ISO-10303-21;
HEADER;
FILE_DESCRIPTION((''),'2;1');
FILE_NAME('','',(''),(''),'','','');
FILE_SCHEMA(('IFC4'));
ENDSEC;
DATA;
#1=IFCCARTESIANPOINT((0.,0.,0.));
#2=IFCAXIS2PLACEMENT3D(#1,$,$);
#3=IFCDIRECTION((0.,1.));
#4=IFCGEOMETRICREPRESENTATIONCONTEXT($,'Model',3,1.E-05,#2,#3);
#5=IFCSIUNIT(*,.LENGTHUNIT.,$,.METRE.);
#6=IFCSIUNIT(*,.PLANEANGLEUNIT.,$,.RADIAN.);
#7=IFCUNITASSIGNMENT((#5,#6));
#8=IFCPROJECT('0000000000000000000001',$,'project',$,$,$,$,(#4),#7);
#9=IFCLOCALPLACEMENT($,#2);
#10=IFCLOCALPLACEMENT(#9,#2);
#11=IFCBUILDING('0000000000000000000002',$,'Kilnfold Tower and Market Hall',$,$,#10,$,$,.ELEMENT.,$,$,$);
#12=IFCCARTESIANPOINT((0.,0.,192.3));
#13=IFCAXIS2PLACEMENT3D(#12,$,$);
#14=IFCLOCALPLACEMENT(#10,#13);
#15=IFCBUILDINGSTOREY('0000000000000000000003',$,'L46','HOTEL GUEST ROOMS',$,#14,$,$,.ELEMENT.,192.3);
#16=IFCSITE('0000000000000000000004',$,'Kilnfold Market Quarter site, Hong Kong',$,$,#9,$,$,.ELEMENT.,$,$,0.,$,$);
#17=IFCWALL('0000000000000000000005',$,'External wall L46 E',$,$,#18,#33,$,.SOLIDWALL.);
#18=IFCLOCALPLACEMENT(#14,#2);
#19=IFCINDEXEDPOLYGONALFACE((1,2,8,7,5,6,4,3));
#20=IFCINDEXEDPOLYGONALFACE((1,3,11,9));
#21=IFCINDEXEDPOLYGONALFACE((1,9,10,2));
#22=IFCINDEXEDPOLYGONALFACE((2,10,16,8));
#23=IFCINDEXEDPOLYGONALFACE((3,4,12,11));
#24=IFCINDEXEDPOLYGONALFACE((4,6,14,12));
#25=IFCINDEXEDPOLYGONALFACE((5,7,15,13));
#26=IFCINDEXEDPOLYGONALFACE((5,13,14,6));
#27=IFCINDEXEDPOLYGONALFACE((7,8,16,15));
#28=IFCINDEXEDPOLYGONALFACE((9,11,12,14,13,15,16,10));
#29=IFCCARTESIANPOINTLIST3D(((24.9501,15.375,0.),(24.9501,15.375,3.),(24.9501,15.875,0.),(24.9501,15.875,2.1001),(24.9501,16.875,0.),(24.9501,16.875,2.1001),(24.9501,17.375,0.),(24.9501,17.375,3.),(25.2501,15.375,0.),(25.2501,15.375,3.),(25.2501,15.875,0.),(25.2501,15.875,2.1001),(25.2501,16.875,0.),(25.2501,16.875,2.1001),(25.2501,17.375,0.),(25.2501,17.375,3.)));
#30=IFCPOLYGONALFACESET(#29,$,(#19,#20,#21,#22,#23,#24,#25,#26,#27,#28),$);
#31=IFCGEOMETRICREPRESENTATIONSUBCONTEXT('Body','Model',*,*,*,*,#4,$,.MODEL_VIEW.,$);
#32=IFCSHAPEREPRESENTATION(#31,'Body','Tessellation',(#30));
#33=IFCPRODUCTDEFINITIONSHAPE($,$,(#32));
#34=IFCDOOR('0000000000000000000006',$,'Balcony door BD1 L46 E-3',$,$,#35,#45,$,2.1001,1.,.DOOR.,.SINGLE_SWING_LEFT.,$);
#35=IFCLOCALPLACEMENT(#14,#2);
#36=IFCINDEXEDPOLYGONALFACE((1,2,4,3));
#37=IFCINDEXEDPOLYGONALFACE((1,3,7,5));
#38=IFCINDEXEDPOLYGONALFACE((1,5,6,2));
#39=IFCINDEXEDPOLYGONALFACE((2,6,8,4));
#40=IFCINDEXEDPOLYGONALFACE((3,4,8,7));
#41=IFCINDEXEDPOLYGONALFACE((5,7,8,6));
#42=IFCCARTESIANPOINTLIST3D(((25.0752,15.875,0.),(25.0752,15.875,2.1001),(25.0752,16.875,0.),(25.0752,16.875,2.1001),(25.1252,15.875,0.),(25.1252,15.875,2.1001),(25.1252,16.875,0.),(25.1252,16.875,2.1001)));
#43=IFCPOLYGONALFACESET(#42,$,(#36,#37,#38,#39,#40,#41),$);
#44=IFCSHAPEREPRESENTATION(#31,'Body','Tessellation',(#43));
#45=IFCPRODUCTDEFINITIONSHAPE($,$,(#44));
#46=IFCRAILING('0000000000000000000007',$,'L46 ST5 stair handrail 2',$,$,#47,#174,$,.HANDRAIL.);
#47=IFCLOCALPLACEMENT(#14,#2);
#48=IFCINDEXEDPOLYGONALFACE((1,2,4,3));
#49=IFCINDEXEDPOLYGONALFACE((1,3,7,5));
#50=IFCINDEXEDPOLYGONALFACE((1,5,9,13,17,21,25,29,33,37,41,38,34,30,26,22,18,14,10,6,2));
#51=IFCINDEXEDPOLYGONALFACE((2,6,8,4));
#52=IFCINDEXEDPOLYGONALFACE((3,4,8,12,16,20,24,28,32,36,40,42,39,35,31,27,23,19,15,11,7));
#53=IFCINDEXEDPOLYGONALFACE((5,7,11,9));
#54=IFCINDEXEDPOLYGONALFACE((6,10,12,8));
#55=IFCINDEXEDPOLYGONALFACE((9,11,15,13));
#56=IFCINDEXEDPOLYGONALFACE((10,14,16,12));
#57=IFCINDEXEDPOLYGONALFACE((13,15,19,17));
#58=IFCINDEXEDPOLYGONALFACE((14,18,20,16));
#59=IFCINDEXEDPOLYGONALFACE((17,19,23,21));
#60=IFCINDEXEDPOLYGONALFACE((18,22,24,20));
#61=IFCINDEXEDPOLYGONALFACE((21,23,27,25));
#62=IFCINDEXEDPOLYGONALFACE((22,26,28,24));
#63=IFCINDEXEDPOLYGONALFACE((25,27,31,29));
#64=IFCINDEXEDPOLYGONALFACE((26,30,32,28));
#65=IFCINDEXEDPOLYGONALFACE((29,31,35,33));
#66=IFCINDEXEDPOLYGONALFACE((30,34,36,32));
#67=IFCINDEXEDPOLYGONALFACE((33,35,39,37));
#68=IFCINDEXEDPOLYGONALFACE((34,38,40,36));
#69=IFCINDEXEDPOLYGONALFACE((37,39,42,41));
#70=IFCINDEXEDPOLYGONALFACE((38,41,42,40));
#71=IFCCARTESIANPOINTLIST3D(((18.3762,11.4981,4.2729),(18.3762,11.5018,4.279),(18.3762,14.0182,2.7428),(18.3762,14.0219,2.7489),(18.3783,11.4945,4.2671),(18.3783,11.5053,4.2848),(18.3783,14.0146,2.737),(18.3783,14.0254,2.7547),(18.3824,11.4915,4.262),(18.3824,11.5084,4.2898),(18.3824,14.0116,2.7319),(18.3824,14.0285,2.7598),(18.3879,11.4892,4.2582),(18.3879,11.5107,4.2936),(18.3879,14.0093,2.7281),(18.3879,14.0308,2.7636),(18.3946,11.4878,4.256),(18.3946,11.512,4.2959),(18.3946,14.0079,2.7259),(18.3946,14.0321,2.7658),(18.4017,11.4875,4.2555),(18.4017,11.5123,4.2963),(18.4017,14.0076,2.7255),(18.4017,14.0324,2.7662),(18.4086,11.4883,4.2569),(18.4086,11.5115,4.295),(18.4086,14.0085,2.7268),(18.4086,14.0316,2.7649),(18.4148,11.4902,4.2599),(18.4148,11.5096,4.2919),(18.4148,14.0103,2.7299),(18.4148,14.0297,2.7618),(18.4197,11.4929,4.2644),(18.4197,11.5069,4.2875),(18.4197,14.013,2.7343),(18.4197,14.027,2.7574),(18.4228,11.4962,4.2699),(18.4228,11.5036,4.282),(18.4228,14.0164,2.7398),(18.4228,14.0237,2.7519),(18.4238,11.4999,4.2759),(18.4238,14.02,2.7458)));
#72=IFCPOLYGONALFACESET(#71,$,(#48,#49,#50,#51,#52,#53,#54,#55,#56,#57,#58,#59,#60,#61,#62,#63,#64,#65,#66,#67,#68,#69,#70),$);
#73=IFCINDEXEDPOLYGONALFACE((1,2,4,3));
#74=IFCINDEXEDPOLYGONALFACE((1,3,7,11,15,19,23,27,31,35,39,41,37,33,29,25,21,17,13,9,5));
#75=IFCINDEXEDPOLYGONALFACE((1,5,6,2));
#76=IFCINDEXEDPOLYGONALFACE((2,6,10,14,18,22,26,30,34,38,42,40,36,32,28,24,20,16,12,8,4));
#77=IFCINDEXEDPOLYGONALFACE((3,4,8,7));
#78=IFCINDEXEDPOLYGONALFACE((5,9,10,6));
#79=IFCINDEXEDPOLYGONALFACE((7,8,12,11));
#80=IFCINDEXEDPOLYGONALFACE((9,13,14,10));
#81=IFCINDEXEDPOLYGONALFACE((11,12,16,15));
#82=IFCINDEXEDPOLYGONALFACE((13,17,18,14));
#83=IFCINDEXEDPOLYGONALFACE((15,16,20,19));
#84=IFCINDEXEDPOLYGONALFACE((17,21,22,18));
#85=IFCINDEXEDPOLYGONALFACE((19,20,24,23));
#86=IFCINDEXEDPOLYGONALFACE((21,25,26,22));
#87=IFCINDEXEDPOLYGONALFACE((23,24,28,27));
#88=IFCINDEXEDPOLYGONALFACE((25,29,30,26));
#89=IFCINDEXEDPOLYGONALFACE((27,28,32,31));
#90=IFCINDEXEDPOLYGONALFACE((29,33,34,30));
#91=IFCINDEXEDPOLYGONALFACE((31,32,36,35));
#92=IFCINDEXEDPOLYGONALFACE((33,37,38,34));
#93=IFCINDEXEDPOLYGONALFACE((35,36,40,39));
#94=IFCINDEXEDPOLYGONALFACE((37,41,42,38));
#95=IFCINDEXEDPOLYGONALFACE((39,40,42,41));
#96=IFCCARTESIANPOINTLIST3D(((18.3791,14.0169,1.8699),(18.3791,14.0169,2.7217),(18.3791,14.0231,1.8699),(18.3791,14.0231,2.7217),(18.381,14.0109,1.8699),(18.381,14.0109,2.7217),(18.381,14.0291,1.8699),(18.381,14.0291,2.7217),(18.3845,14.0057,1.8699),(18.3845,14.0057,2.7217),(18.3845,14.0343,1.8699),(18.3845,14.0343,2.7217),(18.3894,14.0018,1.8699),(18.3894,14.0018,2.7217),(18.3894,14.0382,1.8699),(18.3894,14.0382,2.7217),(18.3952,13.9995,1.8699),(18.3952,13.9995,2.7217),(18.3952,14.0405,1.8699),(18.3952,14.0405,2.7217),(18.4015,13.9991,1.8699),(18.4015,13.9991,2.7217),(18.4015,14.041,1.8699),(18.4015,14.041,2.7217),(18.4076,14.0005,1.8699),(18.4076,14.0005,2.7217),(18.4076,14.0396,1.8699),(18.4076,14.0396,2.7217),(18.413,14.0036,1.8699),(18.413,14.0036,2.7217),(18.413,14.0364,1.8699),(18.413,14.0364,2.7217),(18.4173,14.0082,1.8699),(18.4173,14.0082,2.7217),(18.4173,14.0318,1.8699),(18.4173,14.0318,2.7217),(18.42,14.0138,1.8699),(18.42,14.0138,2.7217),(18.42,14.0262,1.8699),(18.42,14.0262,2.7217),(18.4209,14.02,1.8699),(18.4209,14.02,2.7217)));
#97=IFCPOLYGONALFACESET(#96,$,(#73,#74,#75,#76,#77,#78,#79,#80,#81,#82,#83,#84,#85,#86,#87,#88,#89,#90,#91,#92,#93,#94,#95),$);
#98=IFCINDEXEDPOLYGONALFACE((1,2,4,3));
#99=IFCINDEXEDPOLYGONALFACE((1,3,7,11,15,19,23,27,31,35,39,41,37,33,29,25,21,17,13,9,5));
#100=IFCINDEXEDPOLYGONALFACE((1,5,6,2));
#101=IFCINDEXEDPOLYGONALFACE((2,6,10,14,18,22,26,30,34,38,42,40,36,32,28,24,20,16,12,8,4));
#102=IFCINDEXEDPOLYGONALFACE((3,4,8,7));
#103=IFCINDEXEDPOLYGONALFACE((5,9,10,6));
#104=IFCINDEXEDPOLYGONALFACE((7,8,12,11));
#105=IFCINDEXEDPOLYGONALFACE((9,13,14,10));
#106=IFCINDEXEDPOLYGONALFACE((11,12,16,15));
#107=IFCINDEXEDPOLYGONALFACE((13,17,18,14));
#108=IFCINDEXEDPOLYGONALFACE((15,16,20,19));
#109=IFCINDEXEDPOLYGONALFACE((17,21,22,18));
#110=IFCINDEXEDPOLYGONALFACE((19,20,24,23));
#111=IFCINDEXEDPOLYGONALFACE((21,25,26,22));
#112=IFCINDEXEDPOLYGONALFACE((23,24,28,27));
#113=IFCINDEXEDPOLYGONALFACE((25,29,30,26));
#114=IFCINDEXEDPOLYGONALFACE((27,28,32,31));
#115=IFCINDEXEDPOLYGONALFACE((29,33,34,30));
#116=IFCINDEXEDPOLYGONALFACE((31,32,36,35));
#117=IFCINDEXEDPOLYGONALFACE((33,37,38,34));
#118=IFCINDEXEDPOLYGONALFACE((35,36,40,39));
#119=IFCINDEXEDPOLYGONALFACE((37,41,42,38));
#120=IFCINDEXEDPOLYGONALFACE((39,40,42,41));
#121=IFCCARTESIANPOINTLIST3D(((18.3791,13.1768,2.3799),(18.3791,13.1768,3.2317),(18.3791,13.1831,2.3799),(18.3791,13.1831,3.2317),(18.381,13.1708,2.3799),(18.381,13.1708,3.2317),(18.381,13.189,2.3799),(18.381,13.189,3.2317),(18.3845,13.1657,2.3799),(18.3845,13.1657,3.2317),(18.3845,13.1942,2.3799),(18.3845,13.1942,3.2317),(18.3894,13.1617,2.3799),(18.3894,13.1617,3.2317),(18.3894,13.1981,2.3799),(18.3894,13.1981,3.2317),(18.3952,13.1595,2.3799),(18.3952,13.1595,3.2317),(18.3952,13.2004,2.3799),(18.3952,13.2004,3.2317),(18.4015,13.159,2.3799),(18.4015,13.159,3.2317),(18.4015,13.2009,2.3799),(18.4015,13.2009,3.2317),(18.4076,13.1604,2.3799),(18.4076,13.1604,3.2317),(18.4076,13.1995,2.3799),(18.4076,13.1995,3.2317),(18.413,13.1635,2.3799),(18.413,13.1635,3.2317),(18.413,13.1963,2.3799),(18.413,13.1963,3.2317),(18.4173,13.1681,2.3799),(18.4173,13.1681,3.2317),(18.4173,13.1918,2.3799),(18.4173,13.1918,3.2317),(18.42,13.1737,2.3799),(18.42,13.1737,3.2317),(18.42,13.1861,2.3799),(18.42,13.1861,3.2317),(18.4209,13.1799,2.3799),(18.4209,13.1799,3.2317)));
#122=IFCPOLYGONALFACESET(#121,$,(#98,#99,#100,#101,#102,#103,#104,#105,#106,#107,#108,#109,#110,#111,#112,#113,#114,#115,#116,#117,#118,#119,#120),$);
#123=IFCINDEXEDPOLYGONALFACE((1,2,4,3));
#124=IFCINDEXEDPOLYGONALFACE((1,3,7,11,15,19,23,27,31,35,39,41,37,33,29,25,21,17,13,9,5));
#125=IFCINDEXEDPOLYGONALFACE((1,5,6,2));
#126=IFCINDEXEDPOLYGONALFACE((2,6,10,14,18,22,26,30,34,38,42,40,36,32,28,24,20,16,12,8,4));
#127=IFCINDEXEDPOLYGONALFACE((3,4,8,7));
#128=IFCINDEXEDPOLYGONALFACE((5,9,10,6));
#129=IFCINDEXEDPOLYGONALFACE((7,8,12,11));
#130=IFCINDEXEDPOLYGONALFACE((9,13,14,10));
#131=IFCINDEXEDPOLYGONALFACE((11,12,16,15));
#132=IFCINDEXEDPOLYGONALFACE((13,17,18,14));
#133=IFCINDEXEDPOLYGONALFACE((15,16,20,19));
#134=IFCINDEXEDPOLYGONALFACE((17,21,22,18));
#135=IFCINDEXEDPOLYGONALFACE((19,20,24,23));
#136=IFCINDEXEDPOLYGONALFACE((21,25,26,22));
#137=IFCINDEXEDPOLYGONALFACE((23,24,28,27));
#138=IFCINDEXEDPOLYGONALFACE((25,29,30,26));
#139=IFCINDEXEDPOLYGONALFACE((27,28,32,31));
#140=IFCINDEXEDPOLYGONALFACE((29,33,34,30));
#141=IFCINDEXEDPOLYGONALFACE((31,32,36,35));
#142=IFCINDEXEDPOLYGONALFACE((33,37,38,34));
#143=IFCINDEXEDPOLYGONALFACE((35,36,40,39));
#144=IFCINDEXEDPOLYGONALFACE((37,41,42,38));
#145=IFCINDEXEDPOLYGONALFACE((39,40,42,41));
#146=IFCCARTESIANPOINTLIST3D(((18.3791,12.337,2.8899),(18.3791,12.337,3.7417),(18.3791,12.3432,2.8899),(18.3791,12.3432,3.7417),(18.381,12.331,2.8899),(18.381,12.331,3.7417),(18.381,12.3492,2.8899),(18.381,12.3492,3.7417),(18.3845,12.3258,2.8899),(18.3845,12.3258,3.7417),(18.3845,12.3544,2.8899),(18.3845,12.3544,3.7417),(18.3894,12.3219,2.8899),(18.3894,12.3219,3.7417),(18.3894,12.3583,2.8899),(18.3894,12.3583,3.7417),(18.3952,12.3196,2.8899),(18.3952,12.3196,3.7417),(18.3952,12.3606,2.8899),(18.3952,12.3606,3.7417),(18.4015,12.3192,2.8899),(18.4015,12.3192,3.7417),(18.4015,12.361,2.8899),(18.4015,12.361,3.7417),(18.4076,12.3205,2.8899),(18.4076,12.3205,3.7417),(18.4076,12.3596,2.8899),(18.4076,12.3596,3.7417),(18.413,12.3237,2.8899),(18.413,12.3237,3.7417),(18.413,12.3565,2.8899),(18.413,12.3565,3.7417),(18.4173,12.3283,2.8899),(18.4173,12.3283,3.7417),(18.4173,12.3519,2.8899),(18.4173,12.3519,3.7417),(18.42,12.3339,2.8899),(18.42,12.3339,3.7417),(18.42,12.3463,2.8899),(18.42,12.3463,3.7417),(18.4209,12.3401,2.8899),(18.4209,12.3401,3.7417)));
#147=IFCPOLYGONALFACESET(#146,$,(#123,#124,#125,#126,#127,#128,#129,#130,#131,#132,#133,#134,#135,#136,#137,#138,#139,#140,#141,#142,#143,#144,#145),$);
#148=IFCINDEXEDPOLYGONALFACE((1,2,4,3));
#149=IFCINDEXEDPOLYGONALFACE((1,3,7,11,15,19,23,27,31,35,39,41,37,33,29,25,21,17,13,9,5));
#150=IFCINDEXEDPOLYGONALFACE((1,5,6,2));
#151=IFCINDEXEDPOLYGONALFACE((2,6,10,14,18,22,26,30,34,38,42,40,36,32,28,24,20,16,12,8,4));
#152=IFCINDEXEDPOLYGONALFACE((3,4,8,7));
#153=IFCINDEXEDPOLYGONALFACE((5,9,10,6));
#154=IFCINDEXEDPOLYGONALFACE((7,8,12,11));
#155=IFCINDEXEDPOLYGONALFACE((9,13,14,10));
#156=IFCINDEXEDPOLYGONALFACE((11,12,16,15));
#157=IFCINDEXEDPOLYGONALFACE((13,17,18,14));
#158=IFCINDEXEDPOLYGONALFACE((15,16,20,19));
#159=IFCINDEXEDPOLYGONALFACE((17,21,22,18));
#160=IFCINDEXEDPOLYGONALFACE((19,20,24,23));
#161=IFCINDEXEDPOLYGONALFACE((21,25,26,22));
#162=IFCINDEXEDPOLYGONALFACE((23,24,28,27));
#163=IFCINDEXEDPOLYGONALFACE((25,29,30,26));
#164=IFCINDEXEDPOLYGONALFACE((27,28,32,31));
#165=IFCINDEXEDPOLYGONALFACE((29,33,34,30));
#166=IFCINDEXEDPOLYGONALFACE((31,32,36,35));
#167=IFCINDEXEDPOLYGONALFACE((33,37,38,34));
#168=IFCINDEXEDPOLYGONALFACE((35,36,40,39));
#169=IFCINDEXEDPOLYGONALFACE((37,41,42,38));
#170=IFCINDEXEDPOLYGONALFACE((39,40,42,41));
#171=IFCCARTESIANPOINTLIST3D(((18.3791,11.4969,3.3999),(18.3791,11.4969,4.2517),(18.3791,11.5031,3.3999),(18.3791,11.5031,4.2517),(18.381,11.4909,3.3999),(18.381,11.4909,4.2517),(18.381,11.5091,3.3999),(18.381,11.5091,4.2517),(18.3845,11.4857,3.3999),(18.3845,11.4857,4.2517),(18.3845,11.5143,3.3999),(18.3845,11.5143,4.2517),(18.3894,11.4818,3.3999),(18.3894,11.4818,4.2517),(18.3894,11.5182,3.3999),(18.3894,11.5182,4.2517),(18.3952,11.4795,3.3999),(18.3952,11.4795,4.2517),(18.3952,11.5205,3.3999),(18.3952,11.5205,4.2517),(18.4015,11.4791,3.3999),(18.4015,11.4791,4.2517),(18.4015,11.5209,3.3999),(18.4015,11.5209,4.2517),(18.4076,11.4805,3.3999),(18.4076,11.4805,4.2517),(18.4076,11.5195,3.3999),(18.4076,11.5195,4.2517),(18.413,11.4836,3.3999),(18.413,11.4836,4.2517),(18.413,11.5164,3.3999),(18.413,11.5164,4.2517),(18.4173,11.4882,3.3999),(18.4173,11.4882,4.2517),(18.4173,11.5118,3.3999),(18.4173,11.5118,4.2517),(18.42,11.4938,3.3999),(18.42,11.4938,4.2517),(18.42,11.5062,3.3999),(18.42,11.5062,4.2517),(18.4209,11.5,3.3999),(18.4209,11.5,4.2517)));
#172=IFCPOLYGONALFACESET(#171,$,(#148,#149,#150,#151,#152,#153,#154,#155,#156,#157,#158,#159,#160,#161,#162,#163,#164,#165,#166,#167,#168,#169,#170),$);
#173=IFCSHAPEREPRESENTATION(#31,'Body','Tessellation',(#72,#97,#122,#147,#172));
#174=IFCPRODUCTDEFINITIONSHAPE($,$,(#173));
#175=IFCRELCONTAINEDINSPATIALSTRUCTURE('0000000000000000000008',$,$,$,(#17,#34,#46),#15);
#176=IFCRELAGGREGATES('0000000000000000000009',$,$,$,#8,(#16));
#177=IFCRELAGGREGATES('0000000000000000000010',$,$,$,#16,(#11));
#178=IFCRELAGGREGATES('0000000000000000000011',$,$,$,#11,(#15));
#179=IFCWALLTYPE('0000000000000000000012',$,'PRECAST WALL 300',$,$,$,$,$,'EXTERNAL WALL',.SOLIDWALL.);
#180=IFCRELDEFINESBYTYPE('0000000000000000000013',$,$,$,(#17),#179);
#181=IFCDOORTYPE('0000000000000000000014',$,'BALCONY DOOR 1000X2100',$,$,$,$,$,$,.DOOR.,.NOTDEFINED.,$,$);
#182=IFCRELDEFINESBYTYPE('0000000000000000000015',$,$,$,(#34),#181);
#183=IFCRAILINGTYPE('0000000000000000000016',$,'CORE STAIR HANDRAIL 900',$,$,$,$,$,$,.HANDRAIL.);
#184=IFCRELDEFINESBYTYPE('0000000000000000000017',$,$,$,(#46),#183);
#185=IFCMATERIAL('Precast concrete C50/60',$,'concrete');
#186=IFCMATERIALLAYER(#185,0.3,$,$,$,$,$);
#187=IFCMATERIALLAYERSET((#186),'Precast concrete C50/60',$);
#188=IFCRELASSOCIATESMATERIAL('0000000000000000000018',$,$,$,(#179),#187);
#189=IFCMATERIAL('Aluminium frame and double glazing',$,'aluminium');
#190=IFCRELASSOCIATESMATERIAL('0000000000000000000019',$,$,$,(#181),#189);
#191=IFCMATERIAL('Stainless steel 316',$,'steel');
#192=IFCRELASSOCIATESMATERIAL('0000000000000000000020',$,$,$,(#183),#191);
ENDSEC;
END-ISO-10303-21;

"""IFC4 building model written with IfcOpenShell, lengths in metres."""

from ifc_helpers import new_model, si_unit, direction, frame, frame_2d, origin, origin_2d, place, context, subcontext, project, spatial, rectangle, circle, extrude, source, transform, mapped, material, layer, layer_set, type_object, element, fill, save


model = new_model("IFC4")

# Units and contexts
model_context = context("Model", 3, precision=1e-05, world=origin(), true_north=direction((0.0, 1.0)))
body_context = subcontext(model_context, "Body", "Model", "MODEL_VIEW")
ifc_project = project(units=[si_unit("LENGTHUNIT", "METRE"), si_unit("PLANEANGLEUNIT", "RADIAN")], contexts=[model_context])

# Site, building, storey
site_placement = place(None, origin())
site = spatial("IfcSite", under=ifc_project, at=site_placement, Name="Kilnfold Market Quarter site, Hong Kong", CompositionType="ELEMENT", RefElevation=0.0)
building_placement = place(site_placement, origin())
building = spatial("IfcBuilding", under=site, at=building_placement, Name="Kilnfold Tower and Market Hall", CompositionType="ELEMENT")
storey_placement = place(building_placement, frame((0.0, 0.0, 192.3)))
storey = spatial("IfcBuildingStorey", under=building, at=storey_placement, Name="L46", Description="HOTEL GUEST ROOMS", CompositionType="ELEMENT", Elevation=192.3)

# Wall, opening, door
ifc_material_1 = material(Name="Precast concrete C50/60", Category="concrete")
ifc_layer_1 = layer(ifc_material_1, 0.3)
ifc_layer_set_1 = layer_set([ifc_layer_1], Name="Precast concrete C50/60")
wall_type_1 = type_object("IfcWallType", Name="PRECAST WALL 300", ElementType="EXTERNAL WALL", PredefinedType="SOLIDWALL", material=ifc_layer_set_1)
shared_shape_1 = source(origin(), body_context, "Body", "SweptSolid", [
    extrude(rectangle(XDim=2.0, YDim=0.3, at=frame_2d((1.0, 0.0))), origin(), (0.0, 0.0, 1.0), 3.0),
])
wall_1_placement = place(storey_placement, frame((25.1001, 15.375, 0.0), z_axis=(0.0, 0.0, 1.0), x_axis=(0.0, 1.0, 0.0)))
wall_1 = element("IfcWall", 1, at=wall_1_placement, inside=storey, type_object=wall_type_1, Name="External wall L46 E", PredefinedType="SOLIDWALL", context=body_context, shape_type="MappedRepresentation", body=[
    mapped(shared_shape_1, transform((0.0, 0.0, 0.0))),
])
opening_1_placement = place(wall_1_placement, frame((0.5, 0.0, 0.0)))
opening_1 = element("IfcOpeningElement", 2, at=opening_1_placement, cuts=wall_1, PredefinedType="OPENING", context=body_context, shape_type="SweptSolid", body=[
    extrude(rectangle(XDim=1.0, YDim=2.1001, at=frame_2d((0.5, 1.05))), frame((0.0, 0.1602, 0.0), z_axis=(0.0, -1.0, 0.0), x_axis=(1.0, 0.0, 0.0)), (0.0, 0.0, 1.0), 0.3201),
])
ifc_material_2 = material(Name="Aluminium frame and double glazing", Category="aluminium")
door_type_1 = type_object("IfcDoorType", Name="BALCONY DOOR 1000X2100", OperationType="NOTDEFINED", PredefinedType="DOOR", material=ifc_material_2)
door_1_placement = place(opening_1_placement, origin())
door_1 = element("IfcDoor", 3, at=door_1_placement, inside=storey, type_object=door_type_1, Name="Balcony door BD1 L46 E-3", OperationType="SINGLE_SWING_LEFT", OverallHeight=2.1001, OverallWidth=1.0, PredefinedType="DOOR", context=body_context, shape_type="SweptSolid", body=[
    extrude(rectangle(XDim=1.0, YDim=2.1001, at=frame_2d((0.5, 1.05))), frame((0.0, 0.0249, 0.0), z_axis=(0.0, -1.0, 0.0), x_axis=(1.0, 0.0, 0.0)), (0.0, 0.0, 1.0), 0.05),
])
fill(opening_1, door_1)

# Railing
ifc_material_3 = material(Name="Stainless steel 316", Category="steel")
railing_type = type_object("IfcRailingType", Name="CORE STAIR HANDRAIL 900", PredefinedType="HANDRAIL", material=ifc_material_3)
railing_placement = place(storey_placement, frame((18.3999, 14.02, 1.8699)))
element("IfcRailing", 4, at=railing_placement, inside=storey, type_object=railing_type, Name="L46 ST5 stair handrail 2", PredefinedType="HANDRAIL", context=body_context, shape_type="SweptSolid", body=[
    extrude(circle(Radius=0.0239, at=origin_2d()), frame((0.0, 0.0, 0.876), z_axis=(0.0, -0.854785, 0.518982), x_axis=(1.0, 0.0, 0.0)), (0.0, 0.0, 1.0), 2.9482),
    extrude(circle(Radius=0.021, at=origin_2d()), origin(), (0.0, 0.0, 1.0), 0.8518),
    extrude(circle(Radius=0.021, at=origin_2d()), frame((0.0, -0.8401, 0.51)), (0.0, 0.0, 1.0), 0.8518),
    extrude(circle(Radius=0.021, at=origin_2d()), frame((0.0, -1.6799, 1.02)), (0.0, 0.0, 1.0), 0.8518),
    extrude(circle(Radius=0.021, at=origin_2d()), frame((0.0, -2.52, 1.53)), (0.0, 0.0, 1.0), 0.8518),
])

save(model, "model.ifc")
